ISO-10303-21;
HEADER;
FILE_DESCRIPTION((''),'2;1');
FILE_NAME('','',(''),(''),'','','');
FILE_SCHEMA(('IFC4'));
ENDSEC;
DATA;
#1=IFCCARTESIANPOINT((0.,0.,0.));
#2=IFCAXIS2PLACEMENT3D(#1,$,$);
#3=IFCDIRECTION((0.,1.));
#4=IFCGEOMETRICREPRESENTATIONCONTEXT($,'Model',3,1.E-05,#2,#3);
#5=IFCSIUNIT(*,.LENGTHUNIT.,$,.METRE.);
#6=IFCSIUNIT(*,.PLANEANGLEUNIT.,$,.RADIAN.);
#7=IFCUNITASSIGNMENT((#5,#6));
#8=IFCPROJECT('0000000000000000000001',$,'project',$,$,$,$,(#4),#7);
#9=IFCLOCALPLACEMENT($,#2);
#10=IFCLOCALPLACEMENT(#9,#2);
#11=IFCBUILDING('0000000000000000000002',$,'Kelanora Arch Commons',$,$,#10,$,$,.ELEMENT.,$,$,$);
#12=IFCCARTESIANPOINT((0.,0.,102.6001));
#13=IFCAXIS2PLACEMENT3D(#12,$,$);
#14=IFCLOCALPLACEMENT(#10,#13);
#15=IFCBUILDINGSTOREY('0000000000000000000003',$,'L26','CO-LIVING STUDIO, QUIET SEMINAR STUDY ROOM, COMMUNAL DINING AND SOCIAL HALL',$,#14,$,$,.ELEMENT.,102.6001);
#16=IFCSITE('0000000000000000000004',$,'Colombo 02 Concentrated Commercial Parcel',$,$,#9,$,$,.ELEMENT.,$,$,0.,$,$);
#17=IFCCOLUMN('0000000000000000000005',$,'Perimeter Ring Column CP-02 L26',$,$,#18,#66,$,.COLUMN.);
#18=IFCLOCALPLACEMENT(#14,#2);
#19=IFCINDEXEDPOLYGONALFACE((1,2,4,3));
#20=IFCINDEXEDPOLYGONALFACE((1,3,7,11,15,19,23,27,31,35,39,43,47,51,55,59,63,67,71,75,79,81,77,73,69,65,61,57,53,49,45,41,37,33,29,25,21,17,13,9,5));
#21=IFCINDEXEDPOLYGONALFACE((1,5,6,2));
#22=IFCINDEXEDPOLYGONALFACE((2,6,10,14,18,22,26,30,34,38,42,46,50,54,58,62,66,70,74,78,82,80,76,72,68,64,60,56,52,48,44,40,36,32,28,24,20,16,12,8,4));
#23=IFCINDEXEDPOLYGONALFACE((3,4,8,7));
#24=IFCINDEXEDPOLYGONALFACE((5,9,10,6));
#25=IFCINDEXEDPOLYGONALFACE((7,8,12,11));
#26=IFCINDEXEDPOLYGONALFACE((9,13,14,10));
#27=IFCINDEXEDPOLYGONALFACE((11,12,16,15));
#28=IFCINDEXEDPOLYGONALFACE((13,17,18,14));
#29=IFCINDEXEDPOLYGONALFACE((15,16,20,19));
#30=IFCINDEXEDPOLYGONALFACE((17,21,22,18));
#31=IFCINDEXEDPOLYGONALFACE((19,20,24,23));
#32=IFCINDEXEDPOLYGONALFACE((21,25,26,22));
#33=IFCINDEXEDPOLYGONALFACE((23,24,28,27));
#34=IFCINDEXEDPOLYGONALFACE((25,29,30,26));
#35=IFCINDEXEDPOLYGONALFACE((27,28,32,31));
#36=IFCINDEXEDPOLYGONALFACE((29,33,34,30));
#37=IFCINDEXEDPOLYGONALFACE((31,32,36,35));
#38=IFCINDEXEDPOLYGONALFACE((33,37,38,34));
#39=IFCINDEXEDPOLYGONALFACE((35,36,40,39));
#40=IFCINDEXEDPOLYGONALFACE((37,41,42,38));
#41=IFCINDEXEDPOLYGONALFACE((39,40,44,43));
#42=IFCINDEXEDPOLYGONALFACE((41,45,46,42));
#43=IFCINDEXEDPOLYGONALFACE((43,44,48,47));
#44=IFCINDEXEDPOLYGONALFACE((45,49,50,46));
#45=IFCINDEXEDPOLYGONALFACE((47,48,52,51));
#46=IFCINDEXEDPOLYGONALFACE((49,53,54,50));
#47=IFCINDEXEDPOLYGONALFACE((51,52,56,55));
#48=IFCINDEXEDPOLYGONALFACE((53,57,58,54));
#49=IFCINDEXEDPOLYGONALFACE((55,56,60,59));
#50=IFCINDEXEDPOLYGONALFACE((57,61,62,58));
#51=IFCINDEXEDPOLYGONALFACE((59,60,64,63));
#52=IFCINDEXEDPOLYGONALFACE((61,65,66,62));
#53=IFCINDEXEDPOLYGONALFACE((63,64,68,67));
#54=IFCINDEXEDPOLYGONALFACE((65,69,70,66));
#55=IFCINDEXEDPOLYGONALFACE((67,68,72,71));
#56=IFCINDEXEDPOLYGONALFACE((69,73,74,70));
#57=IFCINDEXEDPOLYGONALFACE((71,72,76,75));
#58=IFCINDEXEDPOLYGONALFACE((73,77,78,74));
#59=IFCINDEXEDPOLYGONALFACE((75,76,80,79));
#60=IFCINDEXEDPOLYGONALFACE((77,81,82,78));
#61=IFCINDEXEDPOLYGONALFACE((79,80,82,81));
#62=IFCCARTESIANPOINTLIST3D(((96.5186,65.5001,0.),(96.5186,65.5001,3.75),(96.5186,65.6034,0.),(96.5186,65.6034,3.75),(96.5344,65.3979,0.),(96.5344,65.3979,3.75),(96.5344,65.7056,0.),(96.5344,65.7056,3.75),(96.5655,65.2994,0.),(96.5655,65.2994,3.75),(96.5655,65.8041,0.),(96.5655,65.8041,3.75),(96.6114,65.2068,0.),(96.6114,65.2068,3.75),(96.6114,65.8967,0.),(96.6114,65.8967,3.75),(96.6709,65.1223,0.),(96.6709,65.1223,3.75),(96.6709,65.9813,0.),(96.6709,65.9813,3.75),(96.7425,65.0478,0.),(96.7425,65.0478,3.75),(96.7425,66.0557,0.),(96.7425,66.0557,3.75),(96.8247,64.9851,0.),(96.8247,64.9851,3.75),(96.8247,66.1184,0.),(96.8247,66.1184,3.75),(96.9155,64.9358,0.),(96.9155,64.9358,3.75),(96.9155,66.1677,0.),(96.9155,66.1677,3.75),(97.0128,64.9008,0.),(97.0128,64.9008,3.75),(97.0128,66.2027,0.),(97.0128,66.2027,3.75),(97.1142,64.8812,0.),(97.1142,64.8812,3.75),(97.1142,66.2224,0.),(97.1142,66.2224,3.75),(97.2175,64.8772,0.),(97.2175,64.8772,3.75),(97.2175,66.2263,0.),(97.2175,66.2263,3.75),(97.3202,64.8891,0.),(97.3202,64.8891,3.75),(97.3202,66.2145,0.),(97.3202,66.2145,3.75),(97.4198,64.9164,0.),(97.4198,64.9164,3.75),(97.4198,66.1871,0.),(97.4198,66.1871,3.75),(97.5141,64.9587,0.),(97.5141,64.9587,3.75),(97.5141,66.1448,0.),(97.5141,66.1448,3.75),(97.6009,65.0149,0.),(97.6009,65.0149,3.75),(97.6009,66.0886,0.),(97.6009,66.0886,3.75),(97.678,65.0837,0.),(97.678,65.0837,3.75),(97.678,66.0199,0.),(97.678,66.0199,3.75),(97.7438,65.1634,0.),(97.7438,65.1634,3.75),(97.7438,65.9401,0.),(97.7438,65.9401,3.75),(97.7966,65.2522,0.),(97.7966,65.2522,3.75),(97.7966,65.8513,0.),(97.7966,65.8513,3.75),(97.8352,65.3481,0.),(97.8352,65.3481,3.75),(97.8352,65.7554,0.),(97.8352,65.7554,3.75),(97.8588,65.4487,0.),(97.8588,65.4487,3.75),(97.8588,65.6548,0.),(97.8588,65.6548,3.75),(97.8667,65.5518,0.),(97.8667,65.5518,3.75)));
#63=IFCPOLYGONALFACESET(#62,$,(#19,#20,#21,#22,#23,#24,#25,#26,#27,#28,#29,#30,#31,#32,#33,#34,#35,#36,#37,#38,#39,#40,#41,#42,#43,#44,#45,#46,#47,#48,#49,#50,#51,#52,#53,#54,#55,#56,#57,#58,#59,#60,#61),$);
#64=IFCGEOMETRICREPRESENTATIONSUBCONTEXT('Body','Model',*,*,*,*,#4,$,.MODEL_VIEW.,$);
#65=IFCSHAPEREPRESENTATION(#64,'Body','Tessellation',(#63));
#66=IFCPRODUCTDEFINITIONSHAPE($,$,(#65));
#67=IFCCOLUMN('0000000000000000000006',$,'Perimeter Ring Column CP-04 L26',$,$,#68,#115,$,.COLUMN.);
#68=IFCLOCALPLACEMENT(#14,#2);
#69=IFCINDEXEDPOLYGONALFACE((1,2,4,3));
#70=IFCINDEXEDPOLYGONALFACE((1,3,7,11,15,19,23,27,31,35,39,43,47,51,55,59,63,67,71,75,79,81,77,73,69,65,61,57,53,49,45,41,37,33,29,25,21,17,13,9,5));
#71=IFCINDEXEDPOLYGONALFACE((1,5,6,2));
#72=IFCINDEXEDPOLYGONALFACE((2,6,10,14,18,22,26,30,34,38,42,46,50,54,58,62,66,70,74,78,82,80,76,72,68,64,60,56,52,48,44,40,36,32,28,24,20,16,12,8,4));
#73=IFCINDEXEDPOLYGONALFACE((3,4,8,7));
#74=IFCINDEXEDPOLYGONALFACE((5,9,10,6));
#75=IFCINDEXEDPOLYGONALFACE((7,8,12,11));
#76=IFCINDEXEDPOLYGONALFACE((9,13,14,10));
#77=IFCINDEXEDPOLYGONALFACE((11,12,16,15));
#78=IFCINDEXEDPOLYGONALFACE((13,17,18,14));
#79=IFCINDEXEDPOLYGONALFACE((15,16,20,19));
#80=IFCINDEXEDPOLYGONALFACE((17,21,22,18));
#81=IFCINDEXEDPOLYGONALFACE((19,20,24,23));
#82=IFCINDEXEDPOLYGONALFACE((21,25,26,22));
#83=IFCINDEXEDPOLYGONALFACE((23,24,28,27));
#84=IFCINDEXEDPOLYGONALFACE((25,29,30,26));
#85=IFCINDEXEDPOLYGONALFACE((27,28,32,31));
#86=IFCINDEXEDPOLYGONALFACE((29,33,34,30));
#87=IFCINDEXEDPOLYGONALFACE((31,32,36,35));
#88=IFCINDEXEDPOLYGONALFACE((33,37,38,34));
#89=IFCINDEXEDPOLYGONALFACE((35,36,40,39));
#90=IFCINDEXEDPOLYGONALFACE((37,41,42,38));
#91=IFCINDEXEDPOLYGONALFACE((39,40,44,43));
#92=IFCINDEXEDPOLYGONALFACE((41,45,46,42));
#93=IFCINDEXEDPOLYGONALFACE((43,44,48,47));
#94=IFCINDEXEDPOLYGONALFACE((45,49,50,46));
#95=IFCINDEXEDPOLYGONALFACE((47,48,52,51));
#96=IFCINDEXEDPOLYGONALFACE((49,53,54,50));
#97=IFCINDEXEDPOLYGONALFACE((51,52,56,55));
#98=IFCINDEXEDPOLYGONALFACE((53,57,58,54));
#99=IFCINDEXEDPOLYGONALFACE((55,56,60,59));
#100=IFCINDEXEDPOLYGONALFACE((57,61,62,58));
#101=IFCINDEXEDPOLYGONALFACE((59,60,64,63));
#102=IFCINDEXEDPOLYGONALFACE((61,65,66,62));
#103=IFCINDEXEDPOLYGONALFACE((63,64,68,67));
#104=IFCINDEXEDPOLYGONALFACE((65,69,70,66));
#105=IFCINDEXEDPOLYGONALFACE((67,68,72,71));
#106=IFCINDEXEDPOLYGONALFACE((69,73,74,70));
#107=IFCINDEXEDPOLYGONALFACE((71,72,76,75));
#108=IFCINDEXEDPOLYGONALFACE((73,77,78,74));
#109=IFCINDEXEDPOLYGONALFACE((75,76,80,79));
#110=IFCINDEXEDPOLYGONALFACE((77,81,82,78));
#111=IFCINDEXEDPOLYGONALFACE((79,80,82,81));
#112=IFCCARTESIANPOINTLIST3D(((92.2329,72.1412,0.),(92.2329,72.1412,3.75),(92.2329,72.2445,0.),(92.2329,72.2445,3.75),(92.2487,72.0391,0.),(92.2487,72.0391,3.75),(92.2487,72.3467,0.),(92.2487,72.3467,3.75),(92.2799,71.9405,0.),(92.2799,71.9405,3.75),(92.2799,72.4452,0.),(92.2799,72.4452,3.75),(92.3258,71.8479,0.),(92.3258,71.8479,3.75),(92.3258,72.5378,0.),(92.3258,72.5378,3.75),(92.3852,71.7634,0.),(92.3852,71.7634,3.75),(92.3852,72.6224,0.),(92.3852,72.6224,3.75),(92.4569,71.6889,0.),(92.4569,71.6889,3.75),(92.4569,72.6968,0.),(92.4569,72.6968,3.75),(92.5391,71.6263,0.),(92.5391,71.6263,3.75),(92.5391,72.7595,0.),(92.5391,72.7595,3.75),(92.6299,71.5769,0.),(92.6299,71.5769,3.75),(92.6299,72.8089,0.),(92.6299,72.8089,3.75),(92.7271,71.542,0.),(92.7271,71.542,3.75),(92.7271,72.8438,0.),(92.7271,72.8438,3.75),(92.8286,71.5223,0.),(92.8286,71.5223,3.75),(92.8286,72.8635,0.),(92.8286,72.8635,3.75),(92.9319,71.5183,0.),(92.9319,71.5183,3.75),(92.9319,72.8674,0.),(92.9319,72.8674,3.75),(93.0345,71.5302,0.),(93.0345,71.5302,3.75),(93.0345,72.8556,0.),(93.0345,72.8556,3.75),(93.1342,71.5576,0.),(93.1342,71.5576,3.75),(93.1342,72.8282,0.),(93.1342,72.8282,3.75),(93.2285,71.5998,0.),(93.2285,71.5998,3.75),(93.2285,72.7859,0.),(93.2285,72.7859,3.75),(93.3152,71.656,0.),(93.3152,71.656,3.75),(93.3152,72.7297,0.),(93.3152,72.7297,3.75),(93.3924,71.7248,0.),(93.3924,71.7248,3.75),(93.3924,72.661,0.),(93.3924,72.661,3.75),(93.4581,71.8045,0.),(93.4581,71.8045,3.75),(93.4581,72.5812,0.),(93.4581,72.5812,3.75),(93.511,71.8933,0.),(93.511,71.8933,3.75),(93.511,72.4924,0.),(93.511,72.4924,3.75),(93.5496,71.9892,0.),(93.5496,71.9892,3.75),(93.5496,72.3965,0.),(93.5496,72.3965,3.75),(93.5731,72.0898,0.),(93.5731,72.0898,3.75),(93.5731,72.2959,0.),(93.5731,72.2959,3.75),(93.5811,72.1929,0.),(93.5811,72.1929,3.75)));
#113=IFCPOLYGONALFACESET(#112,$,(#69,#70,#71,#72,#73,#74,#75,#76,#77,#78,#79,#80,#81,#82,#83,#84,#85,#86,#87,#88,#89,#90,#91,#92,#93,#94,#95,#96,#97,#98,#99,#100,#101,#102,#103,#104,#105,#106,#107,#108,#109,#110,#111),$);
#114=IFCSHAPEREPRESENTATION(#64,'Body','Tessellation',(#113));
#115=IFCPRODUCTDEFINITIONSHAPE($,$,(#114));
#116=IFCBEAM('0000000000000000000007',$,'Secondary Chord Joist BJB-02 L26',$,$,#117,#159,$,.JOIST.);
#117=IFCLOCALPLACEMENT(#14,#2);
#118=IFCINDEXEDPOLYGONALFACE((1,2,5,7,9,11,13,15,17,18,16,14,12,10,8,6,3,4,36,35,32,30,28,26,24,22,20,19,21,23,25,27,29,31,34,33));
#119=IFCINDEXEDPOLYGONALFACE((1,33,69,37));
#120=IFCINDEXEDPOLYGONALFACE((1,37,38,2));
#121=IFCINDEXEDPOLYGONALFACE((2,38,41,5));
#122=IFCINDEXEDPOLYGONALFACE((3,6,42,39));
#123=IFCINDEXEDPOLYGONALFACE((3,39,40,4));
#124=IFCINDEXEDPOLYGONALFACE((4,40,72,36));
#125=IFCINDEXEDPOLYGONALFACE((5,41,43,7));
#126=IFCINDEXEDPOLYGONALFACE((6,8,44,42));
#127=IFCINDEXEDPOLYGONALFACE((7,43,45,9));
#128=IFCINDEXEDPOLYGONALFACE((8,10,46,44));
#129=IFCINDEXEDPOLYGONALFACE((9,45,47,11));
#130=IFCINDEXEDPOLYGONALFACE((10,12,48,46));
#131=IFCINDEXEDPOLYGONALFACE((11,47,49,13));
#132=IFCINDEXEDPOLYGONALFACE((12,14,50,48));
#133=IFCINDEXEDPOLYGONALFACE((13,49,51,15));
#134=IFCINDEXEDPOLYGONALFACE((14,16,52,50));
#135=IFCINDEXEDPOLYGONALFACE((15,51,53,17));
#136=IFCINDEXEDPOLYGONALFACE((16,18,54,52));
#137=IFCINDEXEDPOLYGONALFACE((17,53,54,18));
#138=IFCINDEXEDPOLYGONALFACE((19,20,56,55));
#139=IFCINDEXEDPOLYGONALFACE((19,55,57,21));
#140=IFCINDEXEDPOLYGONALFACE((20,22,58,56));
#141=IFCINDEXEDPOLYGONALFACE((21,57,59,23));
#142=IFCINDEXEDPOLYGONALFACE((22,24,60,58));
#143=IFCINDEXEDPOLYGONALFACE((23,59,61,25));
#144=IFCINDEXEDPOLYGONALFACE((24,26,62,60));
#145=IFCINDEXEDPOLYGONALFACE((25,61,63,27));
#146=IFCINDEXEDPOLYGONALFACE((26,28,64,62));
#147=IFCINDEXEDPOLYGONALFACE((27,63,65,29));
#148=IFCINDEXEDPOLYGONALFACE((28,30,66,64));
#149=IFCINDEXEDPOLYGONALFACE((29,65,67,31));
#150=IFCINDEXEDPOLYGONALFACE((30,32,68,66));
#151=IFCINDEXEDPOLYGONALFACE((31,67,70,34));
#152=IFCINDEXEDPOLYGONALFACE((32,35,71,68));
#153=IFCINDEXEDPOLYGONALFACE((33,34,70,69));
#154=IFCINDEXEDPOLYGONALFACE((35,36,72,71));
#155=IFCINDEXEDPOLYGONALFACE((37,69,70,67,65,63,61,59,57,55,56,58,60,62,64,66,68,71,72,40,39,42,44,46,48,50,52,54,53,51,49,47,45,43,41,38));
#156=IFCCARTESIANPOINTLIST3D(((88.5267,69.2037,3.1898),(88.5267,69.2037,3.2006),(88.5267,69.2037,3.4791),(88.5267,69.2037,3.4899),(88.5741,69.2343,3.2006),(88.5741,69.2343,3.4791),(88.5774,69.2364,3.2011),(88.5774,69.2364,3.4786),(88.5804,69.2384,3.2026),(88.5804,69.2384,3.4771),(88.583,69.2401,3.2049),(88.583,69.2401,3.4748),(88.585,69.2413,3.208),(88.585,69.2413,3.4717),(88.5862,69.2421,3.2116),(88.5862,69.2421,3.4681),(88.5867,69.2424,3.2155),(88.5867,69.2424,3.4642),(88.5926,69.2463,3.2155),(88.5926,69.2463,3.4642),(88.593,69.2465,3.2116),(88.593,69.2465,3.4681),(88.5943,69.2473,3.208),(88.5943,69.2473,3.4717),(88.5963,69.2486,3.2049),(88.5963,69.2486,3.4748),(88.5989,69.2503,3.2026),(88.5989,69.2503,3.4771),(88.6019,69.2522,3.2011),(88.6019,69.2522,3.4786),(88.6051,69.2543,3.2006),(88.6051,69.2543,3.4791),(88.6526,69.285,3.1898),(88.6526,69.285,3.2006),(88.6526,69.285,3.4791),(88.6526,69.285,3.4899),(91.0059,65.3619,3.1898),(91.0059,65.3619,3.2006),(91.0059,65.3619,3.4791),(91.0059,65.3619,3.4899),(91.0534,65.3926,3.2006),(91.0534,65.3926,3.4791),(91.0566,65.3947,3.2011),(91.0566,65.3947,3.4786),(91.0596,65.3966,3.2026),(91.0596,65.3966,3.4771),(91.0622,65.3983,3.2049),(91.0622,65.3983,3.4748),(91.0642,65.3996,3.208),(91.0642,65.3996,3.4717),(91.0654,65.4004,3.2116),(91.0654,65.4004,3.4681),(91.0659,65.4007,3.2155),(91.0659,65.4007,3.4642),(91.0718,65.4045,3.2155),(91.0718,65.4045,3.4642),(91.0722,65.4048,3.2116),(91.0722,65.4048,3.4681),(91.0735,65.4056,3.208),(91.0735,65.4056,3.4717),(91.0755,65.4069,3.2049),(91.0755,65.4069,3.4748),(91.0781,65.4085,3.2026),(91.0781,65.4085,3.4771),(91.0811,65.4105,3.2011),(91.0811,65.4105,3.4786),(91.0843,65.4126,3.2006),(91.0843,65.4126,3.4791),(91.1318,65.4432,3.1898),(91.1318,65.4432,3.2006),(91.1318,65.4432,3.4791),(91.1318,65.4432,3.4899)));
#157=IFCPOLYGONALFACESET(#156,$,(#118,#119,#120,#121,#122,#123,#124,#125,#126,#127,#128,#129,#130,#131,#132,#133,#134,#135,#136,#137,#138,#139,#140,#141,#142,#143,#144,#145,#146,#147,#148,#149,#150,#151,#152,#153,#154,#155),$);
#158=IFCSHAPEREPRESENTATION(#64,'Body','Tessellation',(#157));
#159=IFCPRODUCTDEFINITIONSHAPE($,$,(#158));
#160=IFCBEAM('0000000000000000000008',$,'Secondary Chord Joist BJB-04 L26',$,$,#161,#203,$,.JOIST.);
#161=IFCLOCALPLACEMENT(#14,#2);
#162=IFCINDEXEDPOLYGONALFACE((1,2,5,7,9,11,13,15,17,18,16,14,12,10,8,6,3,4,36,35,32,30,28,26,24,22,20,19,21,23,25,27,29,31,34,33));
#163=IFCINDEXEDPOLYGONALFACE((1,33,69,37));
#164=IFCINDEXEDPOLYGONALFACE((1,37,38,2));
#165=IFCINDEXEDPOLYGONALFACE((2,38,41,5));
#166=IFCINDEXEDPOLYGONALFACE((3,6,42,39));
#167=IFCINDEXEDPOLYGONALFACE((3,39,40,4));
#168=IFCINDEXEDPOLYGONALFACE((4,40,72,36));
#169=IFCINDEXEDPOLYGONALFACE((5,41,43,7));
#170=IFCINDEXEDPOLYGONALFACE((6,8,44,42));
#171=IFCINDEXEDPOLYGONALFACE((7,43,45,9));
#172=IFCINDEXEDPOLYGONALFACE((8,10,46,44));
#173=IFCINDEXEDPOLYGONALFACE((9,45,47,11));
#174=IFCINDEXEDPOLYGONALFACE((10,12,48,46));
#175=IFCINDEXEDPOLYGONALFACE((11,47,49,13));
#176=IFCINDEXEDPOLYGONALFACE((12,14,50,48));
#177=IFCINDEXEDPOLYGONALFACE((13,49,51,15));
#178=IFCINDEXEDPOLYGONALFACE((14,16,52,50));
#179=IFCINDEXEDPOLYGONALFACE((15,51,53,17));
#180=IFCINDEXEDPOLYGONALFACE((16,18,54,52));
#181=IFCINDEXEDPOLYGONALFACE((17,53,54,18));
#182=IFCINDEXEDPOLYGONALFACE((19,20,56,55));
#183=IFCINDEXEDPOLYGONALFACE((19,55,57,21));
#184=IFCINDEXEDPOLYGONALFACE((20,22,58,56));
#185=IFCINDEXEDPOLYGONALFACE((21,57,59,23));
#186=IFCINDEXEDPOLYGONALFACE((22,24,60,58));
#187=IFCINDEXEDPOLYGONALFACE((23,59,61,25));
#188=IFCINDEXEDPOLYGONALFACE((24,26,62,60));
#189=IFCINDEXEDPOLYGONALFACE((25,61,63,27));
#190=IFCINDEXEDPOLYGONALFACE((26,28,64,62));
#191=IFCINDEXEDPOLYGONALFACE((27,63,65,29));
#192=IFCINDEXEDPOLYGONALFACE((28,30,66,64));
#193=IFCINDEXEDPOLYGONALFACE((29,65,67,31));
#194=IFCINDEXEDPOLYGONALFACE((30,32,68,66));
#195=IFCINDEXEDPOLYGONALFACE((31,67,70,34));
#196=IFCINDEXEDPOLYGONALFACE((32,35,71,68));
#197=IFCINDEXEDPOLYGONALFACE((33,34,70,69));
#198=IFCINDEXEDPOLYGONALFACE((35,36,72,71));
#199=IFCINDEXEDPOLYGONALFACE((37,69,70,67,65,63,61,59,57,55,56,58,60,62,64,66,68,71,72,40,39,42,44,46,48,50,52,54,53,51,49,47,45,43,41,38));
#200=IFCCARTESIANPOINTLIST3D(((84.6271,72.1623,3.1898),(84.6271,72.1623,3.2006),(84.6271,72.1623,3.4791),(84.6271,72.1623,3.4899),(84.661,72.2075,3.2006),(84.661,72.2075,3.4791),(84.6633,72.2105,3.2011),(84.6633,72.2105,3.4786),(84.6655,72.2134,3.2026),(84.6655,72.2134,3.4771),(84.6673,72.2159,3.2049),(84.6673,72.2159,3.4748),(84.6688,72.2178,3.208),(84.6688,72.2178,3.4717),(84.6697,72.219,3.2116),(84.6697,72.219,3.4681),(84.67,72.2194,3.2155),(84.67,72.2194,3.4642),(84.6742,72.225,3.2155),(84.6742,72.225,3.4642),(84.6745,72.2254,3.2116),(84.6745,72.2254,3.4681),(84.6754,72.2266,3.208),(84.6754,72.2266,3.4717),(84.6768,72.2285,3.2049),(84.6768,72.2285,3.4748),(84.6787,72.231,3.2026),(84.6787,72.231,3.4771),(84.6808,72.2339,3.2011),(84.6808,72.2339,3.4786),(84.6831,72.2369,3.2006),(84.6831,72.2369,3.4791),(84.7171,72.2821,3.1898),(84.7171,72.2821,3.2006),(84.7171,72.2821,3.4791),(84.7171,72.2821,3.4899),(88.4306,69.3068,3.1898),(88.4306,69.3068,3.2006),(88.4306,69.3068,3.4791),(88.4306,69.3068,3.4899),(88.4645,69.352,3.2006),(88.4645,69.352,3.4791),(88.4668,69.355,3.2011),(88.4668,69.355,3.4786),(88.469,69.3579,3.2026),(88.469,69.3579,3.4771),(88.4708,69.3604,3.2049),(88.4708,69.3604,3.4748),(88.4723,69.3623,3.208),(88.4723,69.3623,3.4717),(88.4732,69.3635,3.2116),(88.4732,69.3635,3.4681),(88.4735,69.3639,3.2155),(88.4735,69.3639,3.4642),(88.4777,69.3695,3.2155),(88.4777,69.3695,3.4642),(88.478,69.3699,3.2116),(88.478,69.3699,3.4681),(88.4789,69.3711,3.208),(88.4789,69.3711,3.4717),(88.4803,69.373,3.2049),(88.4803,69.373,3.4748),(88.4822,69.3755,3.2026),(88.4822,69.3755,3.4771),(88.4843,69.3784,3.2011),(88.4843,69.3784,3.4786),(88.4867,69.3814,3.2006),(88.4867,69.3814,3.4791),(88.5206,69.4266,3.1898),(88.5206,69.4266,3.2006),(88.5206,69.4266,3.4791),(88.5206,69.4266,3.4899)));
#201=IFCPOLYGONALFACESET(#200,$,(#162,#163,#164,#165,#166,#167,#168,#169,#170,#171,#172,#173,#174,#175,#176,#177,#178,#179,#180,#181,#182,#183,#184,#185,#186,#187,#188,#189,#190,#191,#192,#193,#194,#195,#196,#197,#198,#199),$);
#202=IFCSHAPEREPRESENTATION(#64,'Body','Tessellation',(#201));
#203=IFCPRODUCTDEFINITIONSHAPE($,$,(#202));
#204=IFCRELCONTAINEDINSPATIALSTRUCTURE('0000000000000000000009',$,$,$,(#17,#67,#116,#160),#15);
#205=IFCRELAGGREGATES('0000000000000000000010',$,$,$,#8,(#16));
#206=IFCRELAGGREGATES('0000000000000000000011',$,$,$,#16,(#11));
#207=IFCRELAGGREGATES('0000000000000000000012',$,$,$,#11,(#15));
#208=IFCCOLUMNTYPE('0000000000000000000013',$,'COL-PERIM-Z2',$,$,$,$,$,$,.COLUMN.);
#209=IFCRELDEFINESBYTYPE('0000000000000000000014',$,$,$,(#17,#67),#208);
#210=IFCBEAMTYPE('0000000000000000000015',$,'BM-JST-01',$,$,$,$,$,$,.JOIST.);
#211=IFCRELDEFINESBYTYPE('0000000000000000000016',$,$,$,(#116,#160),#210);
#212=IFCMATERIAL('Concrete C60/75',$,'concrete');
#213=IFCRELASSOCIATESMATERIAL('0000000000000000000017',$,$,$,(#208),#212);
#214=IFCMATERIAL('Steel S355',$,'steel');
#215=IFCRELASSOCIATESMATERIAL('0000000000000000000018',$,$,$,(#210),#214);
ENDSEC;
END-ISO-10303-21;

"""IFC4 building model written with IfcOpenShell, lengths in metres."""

from ifc_helpers import new_model, si_unit, direction, frame, origin, origin_2d, place, context, subcontext, project, spatial, circle, i_section, extrude, material, material_profile, profile_set, type_object, element, save


model = new_model("IFC4")

# Units and contexts
model_context = context("Model", 3, precision=1e-05, world=origin(), true_north=direction((0.0, 1.0)))
body_context = subcontext(model_context, "Body", "Model", "MODEL_VIEW")
ifc_project = project(units=[si_unit("LENGTHUNIT", "METRE"), si_unit("PLANEANGLEUNIT", "RADIAN")], contexts=[model_context])

# Site, building, storey
site_placement = place(None, origin())
site = spatial("IfcSite", under=ifc_project, at=site_placement, Name="Colombo 02 Concentrated Commercial Parcel", CompositionType="ELEMENT", RefElevation=0.0)
building_placement = place(site_placement, origin())
building = spatial("IfcBuilding", under=site, at=building_placement, Name="Kelanora Arch Commons", CompositionType="ELEMENT")
storey_placement = place(building_placement, frame((0.0, 0.0, 102.6001)))
storey = spatial("IfcBuildingStorey", under=building, at=storey_placement, Name="L26", Description="CO-LIVING STUDIO, QUIET SEMINAR STUDY ROOM, COMMUNAL DINING AND SOCIAL HALL", CompositionType="ELEMENT", Elevation=102.6001)

# Columns
ifc_material_1 = material(Name="Concrete C60/75", Category="concrete")
ifc_material_profile_1 = material_profile(ifc_material_1, circle(Radius=0.675, at=origin_2d()), Name="RCC1350")
ifc_profile_set_1 = profile_set([ifc_material_profile_1], Name="Concrete C60/75")
column_type = type_object("IfcColumnType", Name="COL-PERIM-Z2", PredefinedType="COLUMN", material=ifc_profile_set_1)
for number, where, z_axis, x_axis, name in (
    (1, (97.1917, 65.5518, 0.0), (0.0, 0.0, 1.0), (1.0, 0.0, 0.0), "Perimeter Ring Column CP-02 L26"),
    (2, (92.906, 72.1929, 0.0), (0.0, 0.0, 1.0), (1.0, 0.0, 0.0), "Perimeter Ring Column CP-04 L26"),
):
    element("IfcColumn", number, at=place(storey_placement, frame(where, z_axis=z_axis, x_axis=x_axis)), inside=storey, type_object=column_type, Name=name, PredefinedType="COLUMN", context=body_context, shape_type="SweptSolid", body=[
        extrude(circle(Radius=0.675, at=origin_2d()), origin(), (0.0, 0.0, 1.0), 3.75),
    ])

# Beams
ifc_material_2 = material(Name="Steel S355", Category="steel")
ifc_material_profile_2 = material_profile(ifc_material_2, i_section(OverallWidth=0.1499, OverallDepth=0.3, WebThickness=0.0071, FlangeThickness=0.0107, FilletRadius=0.0149, at=origin_2d()), Name="IPE300")
ifc_profile_set_2 = profile_set([ifc_material_profile_2], Name="Steel S355")
beam_type_1 = type_object("IfcBeamType", Name="BM-JST-01", PredefinedType="JOIST", material=ifc_profile_set_2)
beam_1_placement = place(storey_placement, frame((91.0688, 65.4026, 3.3398), z_axis=(-0.54223, 0.84023, 0.0), x_axis=(-0.84023, -0.54223, 0.0)))
element("IfcBeam", 3, at=beam_1_placement, inside=storey, type_object=beam_type_1, Name="Secondary Chord Joist BJB-02 L26", PredefinedType="JOIST", context=body_context, shape_type="SweptSolid", body=[
    extrude(i_section(OverallWidth=0.1499, OverallDepth=0.3, WebThickness=0.0071, FlangeThickness=0.0107, FilletRadius=0.0149, at=origin_2d()), origin(), (0.0, 0.0, 1.0), 4.5723),
])
beam_2_placement = place(storey_placement, frame((88.4756, 69.3667, 3.3398), z_axis=(-0.79971, 0.600386, 0.0), x_axis=(-0.600386, -0.79971, 0.0)))
element("IfcBeam", 4, at=beam_2_placement, inside=storey, type_object=beam_type_1, Name="Secondary Chord Joist BJB-04 L26", PredefinedType="JOIST", context=body_context, shape_type="SweptSolid", body=[
    extrude(i_section(OverallWidth=0.1499, OverallDepth=0.3, WebThickness=0.0071, FlangeThickness=0.0107, FilletRadius=0.0149, at=origin_2d()), origin(), (0.0, 0.0, 1.0), 4.7561),
])

save(model, "model.ifc")
